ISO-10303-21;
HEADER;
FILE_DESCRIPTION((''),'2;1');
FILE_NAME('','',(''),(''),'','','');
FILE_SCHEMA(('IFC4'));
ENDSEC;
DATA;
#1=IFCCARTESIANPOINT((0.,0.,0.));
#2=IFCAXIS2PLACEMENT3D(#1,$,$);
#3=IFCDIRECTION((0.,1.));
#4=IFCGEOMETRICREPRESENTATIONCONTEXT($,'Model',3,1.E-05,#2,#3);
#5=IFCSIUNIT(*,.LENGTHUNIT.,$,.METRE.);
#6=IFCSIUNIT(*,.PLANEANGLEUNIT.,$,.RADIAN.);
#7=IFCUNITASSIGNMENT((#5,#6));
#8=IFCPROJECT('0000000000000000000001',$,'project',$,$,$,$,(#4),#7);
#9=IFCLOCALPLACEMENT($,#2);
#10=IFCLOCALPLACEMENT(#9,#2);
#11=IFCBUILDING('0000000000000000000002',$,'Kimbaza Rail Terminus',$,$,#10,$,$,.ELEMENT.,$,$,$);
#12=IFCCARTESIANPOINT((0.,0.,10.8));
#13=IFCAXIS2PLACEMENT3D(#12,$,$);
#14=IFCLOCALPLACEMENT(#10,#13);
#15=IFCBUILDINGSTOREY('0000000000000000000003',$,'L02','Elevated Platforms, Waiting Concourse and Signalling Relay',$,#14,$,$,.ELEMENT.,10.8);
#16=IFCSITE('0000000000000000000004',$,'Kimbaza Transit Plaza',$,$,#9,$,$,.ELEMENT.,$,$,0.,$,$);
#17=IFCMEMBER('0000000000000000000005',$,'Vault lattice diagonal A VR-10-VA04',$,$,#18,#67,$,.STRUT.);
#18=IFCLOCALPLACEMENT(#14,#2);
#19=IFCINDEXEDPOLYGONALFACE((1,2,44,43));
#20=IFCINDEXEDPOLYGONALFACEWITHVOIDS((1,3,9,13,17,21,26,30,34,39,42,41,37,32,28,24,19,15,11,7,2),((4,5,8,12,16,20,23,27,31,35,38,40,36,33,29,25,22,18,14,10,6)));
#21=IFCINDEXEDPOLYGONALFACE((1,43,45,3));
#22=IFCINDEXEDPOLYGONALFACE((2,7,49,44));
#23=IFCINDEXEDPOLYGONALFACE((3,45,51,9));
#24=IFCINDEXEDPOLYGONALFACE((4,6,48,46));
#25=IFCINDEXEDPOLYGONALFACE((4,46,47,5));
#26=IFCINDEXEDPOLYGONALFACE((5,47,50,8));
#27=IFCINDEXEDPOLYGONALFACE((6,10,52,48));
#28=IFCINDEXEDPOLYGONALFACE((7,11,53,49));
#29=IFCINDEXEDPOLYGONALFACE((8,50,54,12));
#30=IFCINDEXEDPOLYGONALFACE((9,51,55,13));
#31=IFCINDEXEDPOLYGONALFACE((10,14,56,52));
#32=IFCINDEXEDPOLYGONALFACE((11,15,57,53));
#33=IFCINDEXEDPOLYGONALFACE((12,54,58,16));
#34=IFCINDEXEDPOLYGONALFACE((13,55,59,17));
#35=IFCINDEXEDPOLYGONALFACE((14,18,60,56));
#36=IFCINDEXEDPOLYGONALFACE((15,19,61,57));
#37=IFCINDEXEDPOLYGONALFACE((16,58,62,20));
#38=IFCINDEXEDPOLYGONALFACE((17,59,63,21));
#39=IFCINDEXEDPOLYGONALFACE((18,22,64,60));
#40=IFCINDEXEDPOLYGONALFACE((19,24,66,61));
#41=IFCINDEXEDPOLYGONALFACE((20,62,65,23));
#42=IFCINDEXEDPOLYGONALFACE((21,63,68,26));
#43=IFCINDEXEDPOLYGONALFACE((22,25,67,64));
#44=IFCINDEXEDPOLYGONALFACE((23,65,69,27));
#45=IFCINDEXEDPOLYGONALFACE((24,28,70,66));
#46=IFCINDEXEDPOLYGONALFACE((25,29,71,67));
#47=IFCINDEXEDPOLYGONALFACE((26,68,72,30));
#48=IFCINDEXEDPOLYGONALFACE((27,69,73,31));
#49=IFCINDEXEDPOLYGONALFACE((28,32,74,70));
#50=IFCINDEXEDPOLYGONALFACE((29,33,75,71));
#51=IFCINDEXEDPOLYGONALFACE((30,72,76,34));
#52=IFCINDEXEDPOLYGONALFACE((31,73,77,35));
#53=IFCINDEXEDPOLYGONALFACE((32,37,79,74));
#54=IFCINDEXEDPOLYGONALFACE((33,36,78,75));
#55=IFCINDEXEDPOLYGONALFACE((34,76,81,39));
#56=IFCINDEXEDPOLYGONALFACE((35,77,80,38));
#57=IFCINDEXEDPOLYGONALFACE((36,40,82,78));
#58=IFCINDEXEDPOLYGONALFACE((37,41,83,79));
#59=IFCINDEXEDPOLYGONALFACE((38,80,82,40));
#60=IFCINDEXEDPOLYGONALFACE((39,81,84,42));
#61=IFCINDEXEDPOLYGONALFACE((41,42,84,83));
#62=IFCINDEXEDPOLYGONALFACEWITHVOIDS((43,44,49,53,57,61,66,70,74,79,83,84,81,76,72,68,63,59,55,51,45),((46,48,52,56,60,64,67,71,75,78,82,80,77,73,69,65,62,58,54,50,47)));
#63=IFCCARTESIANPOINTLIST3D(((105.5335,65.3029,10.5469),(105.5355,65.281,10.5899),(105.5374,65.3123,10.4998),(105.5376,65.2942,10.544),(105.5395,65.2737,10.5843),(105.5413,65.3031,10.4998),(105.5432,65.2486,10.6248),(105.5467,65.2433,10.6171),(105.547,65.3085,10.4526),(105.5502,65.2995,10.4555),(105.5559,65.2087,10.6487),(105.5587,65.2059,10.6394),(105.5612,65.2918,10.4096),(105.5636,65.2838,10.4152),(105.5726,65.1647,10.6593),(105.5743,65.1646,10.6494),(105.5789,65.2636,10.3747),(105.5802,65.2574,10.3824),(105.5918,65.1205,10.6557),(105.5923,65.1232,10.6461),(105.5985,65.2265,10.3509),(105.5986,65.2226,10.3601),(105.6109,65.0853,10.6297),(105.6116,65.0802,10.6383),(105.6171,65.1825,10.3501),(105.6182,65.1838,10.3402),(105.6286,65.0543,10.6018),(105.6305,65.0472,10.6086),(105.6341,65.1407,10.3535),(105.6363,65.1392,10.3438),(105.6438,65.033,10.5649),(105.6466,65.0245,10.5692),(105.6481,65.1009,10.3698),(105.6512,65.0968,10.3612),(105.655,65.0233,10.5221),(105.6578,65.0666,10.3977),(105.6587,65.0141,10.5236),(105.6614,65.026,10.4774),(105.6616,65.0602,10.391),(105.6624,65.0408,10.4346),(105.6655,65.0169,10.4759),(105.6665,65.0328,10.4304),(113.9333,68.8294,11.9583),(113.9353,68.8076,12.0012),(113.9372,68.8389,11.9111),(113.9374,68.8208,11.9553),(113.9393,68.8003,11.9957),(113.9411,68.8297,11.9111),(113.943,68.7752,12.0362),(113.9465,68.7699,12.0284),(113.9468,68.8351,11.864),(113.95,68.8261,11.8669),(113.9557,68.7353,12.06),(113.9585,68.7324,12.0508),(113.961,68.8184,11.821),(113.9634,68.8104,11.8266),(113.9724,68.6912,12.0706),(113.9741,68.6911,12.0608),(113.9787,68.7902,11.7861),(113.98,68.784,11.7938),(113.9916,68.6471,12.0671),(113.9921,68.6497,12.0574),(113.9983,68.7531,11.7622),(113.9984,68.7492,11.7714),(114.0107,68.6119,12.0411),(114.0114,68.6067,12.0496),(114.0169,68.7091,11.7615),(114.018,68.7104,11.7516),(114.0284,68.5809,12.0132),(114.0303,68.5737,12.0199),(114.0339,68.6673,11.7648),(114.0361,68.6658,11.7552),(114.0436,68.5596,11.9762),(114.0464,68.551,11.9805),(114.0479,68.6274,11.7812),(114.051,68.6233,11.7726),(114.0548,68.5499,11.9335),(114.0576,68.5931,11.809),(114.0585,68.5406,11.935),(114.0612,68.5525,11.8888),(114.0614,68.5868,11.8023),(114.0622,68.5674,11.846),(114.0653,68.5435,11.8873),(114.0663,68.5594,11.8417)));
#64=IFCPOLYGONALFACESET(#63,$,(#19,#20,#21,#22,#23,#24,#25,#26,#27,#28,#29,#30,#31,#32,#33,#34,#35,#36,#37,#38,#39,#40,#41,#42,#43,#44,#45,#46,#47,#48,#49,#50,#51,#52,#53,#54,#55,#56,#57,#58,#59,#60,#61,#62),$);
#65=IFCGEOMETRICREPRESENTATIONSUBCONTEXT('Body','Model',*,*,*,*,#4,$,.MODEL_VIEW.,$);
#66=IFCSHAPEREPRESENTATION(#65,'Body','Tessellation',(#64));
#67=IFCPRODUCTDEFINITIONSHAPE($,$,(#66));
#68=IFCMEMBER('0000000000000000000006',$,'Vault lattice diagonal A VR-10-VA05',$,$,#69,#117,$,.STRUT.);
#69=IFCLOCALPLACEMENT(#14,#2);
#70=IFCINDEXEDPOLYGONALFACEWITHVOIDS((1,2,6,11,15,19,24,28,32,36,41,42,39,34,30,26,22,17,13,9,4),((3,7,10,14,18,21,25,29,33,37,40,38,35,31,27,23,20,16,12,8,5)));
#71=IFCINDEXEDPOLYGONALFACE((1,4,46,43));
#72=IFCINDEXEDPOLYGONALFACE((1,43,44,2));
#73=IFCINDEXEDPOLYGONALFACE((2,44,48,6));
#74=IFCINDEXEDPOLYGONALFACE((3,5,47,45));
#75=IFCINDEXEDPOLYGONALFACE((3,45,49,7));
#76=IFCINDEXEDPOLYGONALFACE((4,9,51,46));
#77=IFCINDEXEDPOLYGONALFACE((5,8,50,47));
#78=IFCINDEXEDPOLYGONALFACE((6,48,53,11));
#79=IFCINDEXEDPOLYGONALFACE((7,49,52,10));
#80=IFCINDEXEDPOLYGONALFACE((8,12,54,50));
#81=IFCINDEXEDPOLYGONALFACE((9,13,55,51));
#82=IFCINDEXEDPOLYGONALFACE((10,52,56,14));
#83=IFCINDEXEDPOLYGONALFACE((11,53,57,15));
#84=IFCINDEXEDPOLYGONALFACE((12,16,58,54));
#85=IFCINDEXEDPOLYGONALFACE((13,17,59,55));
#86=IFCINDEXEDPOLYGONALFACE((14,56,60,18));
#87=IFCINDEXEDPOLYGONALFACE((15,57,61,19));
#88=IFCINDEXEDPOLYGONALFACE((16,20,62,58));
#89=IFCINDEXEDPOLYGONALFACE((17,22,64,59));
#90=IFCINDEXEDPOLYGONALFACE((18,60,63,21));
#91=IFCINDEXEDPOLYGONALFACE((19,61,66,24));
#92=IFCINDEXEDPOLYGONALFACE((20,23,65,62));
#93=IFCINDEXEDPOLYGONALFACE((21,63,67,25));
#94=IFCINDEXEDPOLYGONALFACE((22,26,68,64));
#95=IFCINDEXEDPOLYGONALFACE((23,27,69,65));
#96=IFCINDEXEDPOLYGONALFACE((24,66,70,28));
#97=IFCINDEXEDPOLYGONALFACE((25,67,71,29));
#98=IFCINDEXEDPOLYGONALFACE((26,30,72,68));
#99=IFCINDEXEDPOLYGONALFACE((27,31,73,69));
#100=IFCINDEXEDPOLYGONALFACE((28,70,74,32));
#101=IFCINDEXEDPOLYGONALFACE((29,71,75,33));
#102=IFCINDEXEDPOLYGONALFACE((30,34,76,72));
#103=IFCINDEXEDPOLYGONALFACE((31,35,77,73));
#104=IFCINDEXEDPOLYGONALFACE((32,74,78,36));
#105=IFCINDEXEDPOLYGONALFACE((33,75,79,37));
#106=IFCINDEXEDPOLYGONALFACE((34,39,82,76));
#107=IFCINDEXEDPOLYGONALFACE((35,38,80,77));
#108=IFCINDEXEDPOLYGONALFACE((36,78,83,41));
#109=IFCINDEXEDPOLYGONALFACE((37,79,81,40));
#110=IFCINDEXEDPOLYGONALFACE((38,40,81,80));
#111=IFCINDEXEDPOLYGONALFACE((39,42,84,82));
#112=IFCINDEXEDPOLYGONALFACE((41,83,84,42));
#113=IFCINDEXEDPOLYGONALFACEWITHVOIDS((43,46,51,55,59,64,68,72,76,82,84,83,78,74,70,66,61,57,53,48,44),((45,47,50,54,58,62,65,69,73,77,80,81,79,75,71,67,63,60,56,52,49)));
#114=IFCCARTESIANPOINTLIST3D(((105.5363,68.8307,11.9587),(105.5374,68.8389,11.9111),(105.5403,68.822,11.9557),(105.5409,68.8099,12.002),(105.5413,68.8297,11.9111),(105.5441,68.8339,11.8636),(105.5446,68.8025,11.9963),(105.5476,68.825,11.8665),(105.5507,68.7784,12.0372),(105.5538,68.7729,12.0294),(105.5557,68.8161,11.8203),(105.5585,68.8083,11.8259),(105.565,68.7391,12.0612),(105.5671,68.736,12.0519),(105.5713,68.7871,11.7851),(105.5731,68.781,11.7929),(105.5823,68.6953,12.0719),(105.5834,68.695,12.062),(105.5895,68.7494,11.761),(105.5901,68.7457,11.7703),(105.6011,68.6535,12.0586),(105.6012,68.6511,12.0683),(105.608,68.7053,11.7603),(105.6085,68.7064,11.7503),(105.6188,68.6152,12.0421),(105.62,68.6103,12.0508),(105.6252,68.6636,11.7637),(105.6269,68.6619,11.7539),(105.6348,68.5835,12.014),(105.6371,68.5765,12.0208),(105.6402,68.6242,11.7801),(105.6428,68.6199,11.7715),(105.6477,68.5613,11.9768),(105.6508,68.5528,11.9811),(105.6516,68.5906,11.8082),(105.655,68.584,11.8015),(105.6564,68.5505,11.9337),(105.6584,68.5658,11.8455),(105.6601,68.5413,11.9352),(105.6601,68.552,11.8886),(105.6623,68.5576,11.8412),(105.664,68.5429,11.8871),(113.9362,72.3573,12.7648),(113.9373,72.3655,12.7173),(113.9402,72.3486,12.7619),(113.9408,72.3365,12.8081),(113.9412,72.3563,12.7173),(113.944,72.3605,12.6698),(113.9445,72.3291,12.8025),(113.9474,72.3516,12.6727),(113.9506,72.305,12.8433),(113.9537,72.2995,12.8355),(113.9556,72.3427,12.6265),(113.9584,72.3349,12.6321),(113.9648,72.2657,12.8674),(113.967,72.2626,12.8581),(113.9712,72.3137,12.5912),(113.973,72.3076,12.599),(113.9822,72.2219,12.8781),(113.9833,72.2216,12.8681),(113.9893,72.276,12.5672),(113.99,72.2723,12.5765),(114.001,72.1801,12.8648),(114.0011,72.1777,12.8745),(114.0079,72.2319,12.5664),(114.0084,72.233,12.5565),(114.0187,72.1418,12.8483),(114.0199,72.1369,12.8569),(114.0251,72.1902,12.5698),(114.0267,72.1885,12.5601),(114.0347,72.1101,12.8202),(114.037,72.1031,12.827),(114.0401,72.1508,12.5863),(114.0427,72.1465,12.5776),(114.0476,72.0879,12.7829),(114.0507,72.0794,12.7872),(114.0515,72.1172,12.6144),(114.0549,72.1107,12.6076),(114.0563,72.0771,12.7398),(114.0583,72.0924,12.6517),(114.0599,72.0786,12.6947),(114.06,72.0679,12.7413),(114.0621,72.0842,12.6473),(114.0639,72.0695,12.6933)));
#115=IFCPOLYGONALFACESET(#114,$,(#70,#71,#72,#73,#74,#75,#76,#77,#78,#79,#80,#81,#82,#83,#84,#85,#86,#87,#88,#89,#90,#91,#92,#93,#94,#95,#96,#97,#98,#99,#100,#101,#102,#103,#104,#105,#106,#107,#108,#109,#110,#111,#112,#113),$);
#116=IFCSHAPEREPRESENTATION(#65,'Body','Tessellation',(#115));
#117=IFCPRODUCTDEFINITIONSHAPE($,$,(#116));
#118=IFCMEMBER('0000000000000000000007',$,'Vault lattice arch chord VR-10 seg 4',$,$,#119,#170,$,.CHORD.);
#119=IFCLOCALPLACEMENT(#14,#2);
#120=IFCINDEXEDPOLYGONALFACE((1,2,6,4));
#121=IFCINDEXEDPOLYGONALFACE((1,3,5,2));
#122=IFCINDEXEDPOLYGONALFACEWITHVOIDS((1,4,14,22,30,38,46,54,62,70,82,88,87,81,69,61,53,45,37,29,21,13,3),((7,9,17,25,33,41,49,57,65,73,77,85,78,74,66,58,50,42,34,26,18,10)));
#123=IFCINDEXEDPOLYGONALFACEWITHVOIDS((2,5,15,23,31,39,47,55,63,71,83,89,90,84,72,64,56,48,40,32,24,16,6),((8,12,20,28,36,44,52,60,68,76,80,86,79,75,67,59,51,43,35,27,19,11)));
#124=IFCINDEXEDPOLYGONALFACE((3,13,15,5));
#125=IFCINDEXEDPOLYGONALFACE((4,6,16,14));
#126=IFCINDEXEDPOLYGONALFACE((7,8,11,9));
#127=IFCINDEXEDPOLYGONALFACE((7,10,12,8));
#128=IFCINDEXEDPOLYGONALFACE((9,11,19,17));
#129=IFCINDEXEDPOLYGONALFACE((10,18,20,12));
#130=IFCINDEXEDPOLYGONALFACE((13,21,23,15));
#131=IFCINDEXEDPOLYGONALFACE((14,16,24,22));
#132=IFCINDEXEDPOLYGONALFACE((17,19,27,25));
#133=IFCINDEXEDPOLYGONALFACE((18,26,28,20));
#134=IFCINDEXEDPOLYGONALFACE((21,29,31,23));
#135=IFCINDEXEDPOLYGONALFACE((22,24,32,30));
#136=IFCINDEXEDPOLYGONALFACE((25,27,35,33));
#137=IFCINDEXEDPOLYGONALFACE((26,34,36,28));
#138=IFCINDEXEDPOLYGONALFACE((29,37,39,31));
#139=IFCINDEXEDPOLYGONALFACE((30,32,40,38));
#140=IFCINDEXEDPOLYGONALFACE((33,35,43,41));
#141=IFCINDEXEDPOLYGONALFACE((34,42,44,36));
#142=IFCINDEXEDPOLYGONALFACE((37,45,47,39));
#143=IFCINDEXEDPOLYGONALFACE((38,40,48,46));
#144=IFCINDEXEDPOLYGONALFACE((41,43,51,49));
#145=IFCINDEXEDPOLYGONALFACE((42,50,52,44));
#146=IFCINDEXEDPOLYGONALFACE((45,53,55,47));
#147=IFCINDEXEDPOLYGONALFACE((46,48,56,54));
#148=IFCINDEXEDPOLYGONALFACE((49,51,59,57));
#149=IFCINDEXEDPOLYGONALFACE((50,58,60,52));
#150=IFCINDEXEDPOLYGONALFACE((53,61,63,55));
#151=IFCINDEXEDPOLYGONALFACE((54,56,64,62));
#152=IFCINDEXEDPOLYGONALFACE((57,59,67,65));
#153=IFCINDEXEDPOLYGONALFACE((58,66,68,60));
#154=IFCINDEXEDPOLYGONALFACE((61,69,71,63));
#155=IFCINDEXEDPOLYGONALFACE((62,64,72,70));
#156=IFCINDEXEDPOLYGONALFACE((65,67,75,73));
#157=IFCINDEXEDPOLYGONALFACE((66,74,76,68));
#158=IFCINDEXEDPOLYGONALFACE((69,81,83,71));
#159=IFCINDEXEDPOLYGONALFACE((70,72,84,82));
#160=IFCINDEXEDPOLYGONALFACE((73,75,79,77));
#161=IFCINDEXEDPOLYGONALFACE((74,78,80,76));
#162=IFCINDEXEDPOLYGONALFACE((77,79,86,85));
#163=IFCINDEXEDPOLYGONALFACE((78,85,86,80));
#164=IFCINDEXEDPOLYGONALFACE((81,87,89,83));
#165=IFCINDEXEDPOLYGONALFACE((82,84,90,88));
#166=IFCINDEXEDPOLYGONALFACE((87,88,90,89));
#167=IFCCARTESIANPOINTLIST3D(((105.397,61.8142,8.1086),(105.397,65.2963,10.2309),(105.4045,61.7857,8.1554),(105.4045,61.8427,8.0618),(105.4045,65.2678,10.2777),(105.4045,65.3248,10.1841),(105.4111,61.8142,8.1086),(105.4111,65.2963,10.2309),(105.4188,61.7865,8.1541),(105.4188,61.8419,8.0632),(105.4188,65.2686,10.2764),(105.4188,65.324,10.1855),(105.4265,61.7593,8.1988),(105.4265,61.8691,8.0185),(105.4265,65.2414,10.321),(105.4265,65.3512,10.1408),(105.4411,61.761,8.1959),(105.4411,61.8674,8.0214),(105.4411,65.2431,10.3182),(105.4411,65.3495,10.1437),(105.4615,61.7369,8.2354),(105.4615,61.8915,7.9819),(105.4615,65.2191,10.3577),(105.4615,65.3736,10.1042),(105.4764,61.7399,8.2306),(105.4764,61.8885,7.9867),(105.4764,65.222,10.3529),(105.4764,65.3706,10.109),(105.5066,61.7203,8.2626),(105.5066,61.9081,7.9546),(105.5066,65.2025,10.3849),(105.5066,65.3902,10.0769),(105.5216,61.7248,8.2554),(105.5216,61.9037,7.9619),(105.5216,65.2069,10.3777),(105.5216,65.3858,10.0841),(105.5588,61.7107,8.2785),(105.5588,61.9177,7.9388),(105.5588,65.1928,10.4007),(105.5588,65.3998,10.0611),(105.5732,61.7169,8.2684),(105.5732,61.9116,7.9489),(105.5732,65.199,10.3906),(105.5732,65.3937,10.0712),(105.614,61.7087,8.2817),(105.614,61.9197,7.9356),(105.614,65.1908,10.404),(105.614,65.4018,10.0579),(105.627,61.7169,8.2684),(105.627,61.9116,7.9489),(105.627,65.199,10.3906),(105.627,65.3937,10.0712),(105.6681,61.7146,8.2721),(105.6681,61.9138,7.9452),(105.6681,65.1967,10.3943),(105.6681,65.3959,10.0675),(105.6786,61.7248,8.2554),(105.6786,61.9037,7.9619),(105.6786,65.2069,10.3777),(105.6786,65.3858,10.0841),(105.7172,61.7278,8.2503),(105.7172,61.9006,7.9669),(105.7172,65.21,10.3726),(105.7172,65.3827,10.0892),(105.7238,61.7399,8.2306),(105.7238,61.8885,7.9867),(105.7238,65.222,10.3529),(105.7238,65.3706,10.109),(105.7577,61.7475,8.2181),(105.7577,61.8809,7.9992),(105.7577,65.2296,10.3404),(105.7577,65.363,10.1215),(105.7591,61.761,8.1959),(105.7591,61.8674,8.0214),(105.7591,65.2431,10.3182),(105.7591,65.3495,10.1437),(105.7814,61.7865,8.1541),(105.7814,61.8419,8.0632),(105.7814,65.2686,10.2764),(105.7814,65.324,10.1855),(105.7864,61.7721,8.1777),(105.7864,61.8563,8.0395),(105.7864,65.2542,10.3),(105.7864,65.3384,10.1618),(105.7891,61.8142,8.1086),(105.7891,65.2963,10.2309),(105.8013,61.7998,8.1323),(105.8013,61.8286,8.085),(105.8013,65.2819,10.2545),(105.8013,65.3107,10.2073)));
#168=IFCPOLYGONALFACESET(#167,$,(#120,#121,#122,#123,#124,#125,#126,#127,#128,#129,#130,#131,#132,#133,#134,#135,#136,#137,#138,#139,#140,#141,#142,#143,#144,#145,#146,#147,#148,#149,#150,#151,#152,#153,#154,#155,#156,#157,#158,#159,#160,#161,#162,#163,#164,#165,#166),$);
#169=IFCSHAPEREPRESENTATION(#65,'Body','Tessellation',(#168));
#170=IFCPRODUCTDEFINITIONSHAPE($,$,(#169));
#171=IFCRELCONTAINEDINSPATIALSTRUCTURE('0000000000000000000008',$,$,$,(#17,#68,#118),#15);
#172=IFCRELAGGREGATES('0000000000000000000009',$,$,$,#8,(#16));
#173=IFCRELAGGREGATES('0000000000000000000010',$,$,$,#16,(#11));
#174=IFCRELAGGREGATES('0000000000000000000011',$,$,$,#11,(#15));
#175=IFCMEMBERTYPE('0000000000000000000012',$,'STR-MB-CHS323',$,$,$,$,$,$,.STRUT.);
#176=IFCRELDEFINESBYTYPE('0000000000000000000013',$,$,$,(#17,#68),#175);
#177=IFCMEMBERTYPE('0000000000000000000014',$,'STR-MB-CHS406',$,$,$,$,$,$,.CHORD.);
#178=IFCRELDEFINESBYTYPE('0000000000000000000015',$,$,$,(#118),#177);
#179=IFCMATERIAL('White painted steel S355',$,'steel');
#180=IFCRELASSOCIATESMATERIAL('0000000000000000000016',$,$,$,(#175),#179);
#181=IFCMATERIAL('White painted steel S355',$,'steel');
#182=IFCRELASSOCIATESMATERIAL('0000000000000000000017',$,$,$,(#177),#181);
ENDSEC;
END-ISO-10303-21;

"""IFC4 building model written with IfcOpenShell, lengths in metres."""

from ifc_helpers import new_model, si_unit, direction, frame, origin, origin_2d, place, context, subcontext, project, spatial, hollow_circle, extrude, material, material_profile, profile_set, type_object, element, save


model = new_model("IFC4")

# Units and contexts
model_context = context("Model", 3, precision=1e-05, world=origin(), true_north=direction((0.0, 1.0)))
body_context = subcontext(model_context, "Body", "Model", "MODEL_VIEW")
ifc_project = project(units=[si_unit("LENGTHUNIT", "METRE"), si_unit("PLANEANGLEUNIT", "RADIAN")], contexts=[model_context])

# Site, building, storey
site_placement = place(None, origin())
site = spatial("IfcSite", under=ifc_project, at=site_placement, Name="Kimbaza Transit Plaza", CompositionType="ELEMENT", RefElevation=0.0)
building_placement = place(site_placement, origin())
building = spatial("IfcBuilding", under=site, at=building_placement, Name="Kimbaza Rail Terminus", CompositionType="ELEMENT")
storey_placement = place(building_placement, frame((0.0, 0.0, 10.8)))
storey = spatial("IfcBuildingStorey", under=building, at=storey_placement, Name="L02", Description="Elevated Platforms, Waiting Concourse and Signalling Relay", CompositionType="ELEMENT", Elevation=10.8)

# Members
ifc_material_1 = material(Name="White painted steel S355", Category="steel")
ifc_material_profile_1 = material_profile(ifc_material_1, hollow_circle(Radius=0.1619, WallThickness=0.01, at=origin_2d()), Name="CHS 323.9x10")
ifc_profile_set_1 = profile_set([ifc_material_profile_1], Name="White painted steel S355")
member_type_1 = type_object("IfcMemberType", Name="STR-MB-CHS323", PredefinedType="STRUT", material=ifc_profile_set_1)
member_1_placement = place(storey_placement, frame((105.6001, 65.1631, 10.4998), z_axis=(0.911165, 0.382543, 0.153097), x_axis=(-0.387107, 0.922035, 0.0)))
element("IfcMember", 1, at=member_1_placement, inside=storey, type_object=member_type_1, Name="Vault lattice diagonal A VR-10-VA04", PredefinedType="STRUT", context=body_context, shape_type="SweptSolid", body=[
    extrude(hollow_circle(Radius=0.1619, WallThickness=0.01, at=origin_2d()), origin(), (0.0, 0.0, 1.0), 9.2188),
])
member_2_placement = place(storey_placement, frame((105.6001, 68.6897, 11.9111), z_axis=(0.918446, 0.3856, 0.088145), x_axis=(-0.387107, 0.922035, 0.0)))
element("IfcMember", 2, at=member_2_placement, inside=storey, type_object=member_type_1, Name="Vault lattice diagonal A VR-10-VA05", PredefinedType="STRUT", context=body_context, shape_type="SweptSolid", body=[
    extrude(hollow_circle(Radius=0.1619, WallThickness=0.01, at=origin_2d()), origin(), (0.0, 0.0, 1.0), 9.1458),
])
ifc_material_2 = material(Name="White painted steel S355", Category="steel")
ifc_material_profile_2 = material_profile(ifc_material_2, hollow_circle(Radius=0.2031, WallThickness=0.0142, at=origin_2d()), Name="CHS 406.4x14.2")
ifc_profile_set_2 = profile_set([ifc_material_profile_2], Name="White painted steel S355")
member_type_2 = type_object("IfcMemberType", Name="STR-MB-CHS406", PredefinedType="CHORD", material=ifc_profile_set_2)
member_3_placement = place(storey_placement, frame((105.6001, 61.8142, 8.1086), z_axis=(0.0, 0.853901, 0.520435), x_axis=(-1.0, 0.0, 0.0)))
element("IfcMember", 3, at=member_3_placement, inside=storey, type_object=member_type_2, Name="Vault lattice arch chord VR-10 seg 4", PredefinedType="CHORD", context=body_context, shape_type="SweptSolid", body=[
    extrude(hollow_circle(Radius=0.2031, WallThickness=0.0142, at=origin_2d()), origin(), (0.0, 0.0, 1.0), 4.0779),
])

save(model, "model.ifc")
